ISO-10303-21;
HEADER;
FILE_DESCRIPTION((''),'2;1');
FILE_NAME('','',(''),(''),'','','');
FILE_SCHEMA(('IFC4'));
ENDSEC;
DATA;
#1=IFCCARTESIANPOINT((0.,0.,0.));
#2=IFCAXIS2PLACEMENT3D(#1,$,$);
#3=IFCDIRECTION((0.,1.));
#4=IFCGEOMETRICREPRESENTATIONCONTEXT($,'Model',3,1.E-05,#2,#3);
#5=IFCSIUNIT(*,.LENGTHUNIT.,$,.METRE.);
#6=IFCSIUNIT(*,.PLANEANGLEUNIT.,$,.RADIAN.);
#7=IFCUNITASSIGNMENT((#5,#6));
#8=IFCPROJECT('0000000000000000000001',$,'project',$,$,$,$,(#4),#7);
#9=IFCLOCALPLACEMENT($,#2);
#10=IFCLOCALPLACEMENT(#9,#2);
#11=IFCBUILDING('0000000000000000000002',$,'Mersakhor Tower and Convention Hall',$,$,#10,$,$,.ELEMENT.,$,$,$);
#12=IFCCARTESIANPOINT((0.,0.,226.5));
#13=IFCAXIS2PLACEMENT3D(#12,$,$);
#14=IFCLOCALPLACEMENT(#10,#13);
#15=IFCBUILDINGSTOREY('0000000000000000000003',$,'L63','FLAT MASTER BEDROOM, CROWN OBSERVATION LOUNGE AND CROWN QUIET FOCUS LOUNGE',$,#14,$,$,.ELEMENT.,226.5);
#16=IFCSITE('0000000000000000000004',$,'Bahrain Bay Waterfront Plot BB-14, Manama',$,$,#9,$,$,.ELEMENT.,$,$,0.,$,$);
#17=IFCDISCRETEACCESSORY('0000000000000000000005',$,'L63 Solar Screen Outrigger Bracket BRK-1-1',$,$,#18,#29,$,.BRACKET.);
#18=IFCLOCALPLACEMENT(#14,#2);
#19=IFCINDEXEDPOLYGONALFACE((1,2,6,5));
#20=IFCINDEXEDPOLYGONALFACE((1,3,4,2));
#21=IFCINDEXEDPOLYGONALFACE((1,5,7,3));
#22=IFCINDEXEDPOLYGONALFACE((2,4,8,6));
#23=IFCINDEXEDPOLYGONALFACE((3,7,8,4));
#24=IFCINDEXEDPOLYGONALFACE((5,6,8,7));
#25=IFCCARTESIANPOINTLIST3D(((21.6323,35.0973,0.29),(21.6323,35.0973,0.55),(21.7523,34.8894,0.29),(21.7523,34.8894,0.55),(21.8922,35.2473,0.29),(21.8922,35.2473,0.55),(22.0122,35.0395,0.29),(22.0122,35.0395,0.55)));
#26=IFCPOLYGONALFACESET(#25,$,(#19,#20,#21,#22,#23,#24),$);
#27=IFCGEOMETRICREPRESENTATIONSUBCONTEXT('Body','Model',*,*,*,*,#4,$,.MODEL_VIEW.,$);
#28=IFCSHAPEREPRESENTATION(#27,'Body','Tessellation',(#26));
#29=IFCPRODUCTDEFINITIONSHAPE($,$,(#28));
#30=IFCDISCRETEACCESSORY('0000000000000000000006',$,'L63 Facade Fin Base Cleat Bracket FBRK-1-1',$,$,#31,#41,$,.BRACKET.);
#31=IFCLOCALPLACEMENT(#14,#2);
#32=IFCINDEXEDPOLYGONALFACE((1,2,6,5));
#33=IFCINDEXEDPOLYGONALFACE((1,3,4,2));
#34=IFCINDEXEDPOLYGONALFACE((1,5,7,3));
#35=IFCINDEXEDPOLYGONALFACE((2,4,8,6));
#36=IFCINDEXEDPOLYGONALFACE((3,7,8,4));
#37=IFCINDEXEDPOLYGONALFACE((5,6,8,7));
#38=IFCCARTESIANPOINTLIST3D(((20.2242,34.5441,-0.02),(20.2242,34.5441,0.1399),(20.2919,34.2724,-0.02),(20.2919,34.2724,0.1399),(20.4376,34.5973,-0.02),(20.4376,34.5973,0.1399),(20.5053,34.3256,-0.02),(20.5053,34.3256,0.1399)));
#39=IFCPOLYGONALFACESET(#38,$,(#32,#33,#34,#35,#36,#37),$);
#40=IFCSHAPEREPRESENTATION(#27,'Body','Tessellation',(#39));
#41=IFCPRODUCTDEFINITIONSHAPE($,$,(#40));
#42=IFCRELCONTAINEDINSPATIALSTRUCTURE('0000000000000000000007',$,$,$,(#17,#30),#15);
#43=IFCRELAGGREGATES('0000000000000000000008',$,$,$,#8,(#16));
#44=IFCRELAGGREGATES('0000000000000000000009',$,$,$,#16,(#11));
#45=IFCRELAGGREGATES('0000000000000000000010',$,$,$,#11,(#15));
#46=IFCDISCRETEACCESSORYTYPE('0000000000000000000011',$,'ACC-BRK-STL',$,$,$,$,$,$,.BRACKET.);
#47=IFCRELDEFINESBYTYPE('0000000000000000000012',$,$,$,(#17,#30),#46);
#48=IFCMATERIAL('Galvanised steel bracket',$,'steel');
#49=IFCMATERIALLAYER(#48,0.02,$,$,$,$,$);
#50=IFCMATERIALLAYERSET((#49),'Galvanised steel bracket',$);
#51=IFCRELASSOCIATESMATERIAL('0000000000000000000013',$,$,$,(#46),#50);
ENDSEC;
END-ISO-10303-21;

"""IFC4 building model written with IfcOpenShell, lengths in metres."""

from ifc_helpers import new_model, si_unit, direction, frame, origin, origin_2d, place, context, subcontext, project, spatial, rectangle, extrude, material, layer, layer_set, type_object, element, save


model = new_model("IFC4")

# Units and contexts
model_context = context("Model", 3, precision=1e-05, world=origin(), true_north=direction((0.0, 1.0)))
body_context = subcontext(model_context, "Body", "Model", "MODEL_VIEW")
ifc_project = project(units=[si_unit("LENGTHUNIT", "METRE"), si_unit("PLANEANGLEUNIT", "RADIAN")], contexts=[model_context])

# Site, building, storey
site_placement = place(None, origin())
site = spatial("IfcSite", under=ifc_project, at=site_placement, Name="Bahrain Bay Waterfront Plot BB-14, Manama", CompositionType="ELEMENT", RefElevation=0.0)
building_placement = place(site_placement, origin())
building = spatial("IfcBuilding", under=site, at=building_placement, Name="Mersakhor Tower and Convention Hall", CompositionType="ELEMENT")
storey_placement = place(building_placement, frame((0.0, 0.0, 226.5)))
storey = spatial("IfcBuildingStorey", under=building, at=storey_placement, Name="L63", Description="FLAT MASTER BEDROOM, CROWN OBSERVATION LOUNGE AND CROWN QUIET FOCUS LOUNGE", CompositionType="ELEMENT", Elevation=226.5)

# Discrete accessories
ifc_material_1 = material(Name="Galvanised steel bracket", Category="steel")
ifc_layer_1 = layer(ifc_material_1, 0.02)
ifc_layer_set_1 = layer_set([ifc_layer_1], Name="Galvanised steel bracket")
discrete_accessory_type = type_object("IfcDiscreteAccessoryType", Name="ACC-BRK-STL", PredefinedType="BRACKET", material=ifc_layer_set_1)
discrete_accessory_1_placement = place(storey_placement, frame((21.8223, 35.0684, 0.29), z_axis=(0.0, 0.0, 1.0), x_axis=(0.866025, 0.5, 0.0)))
element("IfcDiscreteAccessory", 1, at=discrete_accessory_1_placement, inside=storey, type_object=discrete_accessory_type, Name="L63 Solar Screen Outrigger Bracket BRK-1-1", PredefinedType="BRACKET", context=body_context, shape_type="SweptSolid", body=[
    extrude(rectangle(XDim=0.3, YDim=0.24, at=origin_2d()), origin(), (0.0, 0.0, 1.0), 0.26),
])
discrete_accessory_2_placement = place(storey_placement, frame((20.3647, 34.4348, -0.02), z_axis=(0.0, 0.0, 1.0), x_axis=(-0.241922, 0.970296, 0.0)))
element("IfcDiscreteAccessory", 2, at=discrete_accessory_2_placement, inside=storey, type_object=discrete_accessory_type, Name="L63 Facade Fin Base Cleat Bracket FBRK-1-1", PredefinedType="BRACKET", context=body_context, shape_type="SweptSolid", body=[
    extrude(rectangle(XDim=0.28, YDim=0.22, at=origin_2d()), origin(), (0.0, 0.0, 1.0), 0.1599),
])

save(model, "model.ifc")
